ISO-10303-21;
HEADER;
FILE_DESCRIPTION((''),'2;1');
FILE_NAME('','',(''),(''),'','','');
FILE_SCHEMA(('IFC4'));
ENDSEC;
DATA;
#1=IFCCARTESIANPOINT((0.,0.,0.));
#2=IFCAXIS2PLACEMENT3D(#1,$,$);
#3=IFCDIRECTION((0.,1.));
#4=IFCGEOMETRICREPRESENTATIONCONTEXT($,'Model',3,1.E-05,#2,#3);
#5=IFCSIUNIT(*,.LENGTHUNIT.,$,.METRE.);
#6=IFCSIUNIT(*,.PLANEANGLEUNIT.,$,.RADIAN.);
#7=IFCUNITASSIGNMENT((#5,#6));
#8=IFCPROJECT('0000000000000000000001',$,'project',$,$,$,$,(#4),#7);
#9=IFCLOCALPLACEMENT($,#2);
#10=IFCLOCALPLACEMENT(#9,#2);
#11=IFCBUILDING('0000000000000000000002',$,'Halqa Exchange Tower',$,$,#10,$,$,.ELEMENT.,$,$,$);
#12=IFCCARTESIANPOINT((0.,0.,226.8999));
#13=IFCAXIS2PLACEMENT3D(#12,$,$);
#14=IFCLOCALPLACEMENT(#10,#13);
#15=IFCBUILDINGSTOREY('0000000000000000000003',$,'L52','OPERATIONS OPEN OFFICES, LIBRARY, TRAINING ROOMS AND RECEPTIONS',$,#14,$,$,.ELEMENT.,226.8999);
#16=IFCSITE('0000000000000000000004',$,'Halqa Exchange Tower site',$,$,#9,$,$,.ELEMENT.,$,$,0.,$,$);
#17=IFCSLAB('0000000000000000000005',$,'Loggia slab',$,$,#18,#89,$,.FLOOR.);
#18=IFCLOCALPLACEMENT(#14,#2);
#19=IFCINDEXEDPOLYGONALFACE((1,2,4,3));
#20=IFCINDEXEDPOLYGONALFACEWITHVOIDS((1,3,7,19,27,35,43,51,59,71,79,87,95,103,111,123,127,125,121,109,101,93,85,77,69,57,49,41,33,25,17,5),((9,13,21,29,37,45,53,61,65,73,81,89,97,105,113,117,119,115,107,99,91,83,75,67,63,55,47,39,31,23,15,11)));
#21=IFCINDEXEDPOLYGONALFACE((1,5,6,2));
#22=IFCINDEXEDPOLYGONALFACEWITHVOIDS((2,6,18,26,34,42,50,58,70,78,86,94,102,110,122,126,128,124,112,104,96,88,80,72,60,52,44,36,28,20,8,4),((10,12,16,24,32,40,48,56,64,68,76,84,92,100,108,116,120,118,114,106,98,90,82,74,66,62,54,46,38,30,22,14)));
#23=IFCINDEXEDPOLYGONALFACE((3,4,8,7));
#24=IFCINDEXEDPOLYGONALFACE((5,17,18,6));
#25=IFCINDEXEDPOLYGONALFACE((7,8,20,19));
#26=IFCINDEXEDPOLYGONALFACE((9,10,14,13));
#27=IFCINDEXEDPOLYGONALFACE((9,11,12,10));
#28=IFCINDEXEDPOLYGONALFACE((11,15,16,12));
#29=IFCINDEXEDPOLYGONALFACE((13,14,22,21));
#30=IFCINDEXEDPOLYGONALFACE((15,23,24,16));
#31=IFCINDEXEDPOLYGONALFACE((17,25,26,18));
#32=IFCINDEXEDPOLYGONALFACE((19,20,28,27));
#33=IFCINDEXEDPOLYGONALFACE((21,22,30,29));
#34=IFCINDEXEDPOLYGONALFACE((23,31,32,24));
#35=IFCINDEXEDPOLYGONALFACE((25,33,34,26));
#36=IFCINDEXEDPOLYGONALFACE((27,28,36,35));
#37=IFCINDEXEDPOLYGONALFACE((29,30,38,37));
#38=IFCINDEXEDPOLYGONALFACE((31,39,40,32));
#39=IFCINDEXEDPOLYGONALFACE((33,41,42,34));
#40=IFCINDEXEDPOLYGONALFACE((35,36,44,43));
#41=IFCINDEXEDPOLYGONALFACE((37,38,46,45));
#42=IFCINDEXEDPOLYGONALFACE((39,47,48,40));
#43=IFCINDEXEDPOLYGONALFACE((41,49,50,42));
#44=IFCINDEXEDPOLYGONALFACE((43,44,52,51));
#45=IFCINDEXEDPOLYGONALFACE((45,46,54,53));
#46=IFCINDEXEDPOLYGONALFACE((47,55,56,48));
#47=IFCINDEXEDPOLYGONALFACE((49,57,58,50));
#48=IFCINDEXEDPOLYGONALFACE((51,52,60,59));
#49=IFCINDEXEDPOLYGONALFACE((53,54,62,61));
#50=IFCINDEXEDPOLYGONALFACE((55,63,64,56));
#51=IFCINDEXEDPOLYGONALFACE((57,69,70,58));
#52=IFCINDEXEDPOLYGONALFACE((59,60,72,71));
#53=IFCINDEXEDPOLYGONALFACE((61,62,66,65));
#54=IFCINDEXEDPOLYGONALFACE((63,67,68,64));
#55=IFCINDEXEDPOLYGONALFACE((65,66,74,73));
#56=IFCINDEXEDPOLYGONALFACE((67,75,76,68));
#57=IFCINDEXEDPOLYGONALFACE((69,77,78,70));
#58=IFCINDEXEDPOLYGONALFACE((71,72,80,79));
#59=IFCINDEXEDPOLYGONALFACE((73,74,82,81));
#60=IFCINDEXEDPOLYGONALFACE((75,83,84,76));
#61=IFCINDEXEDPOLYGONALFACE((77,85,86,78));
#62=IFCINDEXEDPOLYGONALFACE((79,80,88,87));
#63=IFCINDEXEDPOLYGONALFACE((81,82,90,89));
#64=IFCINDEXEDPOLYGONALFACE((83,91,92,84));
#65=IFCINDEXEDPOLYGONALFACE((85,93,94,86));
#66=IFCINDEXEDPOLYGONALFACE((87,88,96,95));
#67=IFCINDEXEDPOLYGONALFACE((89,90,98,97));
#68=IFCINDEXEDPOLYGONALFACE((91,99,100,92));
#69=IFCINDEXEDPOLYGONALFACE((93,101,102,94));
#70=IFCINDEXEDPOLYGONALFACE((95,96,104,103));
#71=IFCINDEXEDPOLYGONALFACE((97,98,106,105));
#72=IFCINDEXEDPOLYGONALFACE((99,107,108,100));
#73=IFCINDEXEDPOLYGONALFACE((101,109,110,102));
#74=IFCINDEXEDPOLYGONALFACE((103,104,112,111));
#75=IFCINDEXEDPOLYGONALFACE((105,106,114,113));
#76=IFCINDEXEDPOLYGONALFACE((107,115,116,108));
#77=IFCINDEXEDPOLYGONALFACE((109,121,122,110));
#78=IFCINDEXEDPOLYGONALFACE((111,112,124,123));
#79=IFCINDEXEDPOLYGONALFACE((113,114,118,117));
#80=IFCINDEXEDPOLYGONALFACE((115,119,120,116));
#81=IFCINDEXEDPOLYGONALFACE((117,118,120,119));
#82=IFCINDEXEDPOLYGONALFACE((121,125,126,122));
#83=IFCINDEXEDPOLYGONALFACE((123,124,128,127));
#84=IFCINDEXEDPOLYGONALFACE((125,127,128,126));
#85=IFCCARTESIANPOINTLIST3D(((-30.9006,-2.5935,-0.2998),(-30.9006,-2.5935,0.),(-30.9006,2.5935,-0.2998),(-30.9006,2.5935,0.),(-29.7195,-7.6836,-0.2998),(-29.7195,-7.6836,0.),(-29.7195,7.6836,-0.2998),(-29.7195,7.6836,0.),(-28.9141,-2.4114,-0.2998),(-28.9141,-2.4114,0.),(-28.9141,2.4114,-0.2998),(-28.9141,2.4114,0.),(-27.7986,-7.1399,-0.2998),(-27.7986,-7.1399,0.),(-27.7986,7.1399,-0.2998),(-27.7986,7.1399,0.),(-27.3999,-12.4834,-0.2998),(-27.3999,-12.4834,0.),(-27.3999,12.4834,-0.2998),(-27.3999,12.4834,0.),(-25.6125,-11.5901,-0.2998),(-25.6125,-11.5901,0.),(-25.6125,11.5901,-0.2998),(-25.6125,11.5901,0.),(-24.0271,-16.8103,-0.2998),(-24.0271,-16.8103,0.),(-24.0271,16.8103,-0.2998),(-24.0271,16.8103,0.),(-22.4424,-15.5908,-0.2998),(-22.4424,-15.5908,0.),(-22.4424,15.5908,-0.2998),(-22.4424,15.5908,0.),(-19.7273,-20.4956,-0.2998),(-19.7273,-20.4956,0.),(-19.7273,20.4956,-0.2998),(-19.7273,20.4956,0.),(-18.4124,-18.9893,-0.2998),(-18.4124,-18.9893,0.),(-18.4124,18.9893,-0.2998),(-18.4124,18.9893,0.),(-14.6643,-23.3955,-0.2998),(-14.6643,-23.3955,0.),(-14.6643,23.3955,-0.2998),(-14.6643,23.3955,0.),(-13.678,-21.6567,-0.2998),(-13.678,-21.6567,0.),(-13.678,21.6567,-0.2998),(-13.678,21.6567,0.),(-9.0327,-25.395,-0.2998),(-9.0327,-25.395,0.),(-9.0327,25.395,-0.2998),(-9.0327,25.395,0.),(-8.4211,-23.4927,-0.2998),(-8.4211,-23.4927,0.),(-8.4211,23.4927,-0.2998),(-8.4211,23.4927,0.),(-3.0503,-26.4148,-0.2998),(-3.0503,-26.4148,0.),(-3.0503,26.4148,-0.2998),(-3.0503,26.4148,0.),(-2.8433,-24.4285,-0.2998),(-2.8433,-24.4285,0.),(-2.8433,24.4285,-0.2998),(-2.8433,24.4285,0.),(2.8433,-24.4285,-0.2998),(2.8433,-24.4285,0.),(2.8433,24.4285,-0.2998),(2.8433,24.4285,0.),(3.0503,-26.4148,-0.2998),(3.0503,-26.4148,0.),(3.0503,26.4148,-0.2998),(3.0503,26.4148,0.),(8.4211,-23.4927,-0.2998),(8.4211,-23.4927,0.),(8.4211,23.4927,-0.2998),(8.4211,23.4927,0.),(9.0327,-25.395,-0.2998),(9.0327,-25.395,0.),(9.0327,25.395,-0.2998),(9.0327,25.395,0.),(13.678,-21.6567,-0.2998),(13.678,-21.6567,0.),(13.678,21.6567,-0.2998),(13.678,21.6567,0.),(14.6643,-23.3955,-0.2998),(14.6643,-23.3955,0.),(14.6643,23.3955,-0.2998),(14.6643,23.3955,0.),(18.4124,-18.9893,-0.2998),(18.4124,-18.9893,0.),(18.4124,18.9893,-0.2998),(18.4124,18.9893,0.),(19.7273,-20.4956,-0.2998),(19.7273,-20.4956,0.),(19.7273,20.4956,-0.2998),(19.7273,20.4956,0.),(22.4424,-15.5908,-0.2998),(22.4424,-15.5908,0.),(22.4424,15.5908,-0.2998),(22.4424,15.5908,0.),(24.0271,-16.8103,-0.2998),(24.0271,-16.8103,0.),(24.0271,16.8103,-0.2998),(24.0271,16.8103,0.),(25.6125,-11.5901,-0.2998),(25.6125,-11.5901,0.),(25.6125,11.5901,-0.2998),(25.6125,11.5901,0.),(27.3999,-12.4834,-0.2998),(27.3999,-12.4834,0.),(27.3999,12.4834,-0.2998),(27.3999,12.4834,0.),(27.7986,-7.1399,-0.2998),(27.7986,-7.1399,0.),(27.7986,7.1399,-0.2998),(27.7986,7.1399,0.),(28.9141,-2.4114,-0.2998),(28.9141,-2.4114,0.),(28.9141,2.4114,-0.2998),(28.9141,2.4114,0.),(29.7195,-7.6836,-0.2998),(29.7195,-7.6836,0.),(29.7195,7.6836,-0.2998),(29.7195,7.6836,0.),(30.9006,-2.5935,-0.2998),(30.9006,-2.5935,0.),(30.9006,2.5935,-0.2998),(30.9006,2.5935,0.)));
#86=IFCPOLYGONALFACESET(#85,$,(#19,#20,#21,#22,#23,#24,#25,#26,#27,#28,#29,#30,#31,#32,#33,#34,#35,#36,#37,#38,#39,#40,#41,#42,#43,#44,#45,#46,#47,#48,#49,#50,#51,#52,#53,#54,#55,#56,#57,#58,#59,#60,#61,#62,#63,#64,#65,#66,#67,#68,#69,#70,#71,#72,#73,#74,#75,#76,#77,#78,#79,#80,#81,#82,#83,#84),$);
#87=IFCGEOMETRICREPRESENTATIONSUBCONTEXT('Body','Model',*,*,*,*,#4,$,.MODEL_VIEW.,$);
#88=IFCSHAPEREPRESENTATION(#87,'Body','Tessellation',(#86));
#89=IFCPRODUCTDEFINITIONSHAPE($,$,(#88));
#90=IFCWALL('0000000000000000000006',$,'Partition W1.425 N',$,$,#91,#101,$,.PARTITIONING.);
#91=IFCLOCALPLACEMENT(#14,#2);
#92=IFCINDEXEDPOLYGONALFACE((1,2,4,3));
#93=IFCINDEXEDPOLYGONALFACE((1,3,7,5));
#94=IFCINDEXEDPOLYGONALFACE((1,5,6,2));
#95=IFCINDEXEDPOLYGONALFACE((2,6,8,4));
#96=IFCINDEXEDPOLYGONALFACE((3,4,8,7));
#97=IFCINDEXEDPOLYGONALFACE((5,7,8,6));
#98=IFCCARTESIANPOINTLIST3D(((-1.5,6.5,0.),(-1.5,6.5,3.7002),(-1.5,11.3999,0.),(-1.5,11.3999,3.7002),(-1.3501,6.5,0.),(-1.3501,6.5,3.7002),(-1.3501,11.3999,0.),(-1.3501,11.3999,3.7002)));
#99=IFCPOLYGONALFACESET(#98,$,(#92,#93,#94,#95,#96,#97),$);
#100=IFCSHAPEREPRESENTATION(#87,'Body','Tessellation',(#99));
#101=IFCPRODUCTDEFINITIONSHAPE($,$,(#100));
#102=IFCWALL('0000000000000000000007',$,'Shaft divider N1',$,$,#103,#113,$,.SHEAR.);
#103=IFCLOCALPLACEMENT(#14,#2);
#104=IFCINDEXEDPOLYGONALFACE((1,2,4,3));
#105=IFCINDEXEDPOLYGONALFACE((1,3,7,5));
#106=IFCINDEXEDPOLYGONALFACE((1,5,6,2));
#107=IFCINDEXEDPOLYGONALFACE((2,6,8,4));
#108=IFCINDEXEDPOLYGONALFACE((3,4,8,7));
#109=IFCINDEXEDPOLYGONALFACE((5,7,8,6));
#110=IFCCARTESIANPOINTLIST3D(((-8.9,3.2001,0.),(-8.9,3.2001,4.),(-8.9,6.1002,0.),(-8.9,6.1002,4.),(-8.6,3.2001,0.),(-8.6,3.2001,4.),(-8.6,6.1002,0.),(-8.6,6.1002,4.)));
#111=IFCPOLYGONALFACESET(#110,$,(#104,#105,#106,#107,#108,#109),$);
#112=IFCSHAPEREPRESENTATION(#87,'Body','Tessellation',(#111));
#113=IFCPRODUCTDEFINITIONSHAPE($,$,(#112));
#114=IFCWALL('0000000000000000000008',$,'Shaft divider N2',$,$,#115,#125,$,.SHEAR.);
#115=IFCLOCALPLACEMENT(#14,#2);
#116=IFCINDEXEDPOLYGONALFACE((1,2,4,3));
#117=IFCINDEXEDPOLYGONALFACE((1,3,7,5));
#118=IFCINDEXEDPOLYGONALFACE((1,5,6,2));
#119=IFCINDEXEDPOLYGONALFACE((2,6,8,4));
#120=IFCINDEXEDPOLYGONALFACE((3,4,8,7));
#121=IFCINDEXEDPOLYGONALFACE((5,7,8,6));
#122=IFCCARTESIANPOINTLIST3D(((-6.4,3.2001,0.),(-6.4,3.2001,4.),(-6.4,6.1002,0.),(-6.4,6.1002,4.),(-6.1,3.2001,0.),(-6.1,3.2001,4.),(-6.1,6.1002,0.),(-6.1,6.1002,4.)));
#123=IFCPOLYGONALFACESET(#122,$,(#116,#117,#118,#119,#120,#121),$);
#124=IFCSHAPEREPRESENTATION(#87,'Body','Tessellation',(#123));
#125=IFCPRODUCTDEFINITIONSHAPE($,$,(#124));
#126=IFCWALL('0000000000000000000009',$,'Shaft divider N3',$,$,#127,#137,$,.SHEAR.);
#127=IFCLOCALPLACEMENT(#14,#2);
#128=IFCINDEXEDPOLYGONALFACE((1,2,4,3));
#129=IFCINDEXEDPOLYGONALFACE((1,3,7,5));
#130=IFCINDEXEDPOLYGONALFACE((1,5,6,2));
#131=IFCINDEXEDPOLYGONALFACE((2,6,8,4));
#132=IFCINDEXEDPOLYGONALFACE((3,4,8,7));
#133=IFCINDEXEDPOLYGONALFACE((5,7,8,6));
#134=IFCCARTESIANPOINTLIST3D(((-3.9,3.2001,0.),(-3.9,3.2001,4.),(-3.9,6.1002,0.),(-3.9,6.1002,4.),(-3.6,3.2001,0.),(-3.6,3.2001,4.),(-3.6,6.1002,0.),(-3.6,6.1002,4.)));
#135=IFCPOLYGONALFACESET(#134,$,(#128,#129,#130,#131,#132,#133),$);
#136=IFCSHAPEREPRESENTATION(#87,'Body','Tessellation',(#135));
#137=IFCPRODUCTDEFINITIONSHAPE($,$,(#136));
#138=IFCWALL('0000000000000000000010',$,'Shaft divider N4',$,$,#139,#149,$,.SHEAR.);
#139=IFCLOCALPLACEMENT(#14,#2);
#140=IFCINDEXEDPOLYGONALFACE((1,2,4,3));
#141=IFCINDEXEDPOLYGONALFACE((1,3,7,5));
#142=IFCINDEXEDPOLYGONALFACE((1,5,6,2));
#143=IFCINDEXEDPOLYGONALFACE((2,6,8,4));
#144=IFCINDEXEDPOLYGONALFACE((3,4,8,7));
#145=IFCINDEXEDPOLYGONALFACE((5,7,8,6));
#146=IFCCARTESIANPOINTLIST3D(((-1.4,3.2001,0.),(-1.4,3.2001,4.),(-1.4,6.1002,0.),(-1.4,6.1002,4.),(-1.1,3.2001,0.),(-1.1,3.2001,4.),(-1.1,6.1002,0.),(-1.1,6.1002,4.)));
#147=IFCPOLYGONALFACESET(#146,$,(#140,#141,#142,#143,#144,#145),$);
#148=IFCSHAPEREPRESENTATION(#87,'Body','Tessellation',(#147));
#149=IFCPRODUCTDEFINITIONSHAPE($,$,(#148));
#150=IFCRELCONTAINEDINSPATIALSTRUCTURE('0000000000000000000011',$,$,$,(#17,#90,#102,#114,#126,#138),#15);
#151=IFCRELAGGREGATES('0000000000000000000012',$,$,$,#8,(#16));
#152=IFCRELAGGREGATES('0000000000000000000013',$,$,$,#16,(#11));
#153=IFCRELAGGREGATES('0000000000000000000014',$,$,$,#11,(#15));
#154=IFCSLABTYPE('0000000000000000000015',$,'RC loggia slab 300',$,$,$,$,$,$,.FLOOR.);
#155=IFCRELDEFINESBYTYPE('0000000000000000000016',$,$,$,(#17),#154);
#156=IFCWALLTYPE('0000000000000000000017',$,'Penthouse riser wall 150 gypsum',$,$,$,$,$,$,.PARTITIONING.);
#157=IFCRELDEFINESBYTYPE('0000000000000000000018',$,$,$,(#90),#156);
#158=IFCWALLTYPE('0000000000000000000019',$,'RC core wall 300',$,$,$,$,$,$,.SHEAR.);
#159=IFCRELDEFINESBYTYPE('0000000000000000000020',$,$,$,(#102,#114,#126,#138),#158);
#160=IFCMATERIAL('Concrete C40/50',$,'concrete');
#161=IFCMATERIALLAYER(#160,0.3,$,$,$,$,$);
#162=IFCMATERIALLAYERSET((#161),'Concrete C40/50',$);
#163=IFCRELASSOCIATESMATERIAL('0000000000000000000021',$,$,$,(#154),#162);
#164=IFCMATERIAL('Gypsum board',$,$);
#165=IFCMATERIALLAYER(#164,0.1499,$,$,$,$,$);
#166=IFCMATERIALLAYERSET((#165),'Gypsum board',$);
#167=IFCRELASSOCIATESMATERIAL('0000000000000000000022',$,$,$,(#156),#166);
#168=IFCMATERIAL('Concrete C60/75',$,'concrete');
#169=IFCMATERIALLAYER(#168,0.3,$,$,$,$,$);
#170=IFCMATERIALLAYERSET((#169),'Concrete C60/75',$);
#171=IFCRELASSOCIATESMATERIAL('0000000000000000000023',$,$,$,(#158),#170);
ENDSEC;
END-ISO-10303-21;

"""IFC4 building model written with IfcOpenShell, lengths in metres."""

from ifc_helpers import new_model, si_unit, direction, frame, frame_2d, origin, place, context, subcontext, project, spatial, polyline, rectangle, outline, extrude, material, layer, layer_set, type_object, element, save


model = new_model("IFC4")

# Units and contexts
model_context = context("Model", 3, precision=1e-05, world=origin(), true_north=direction((0.0, 1.0)))
body_context = subcontext(model_context, "Body", "Model", "MODEL_VIEW")
ifc_project = project(units=[si_unit("LENGTHUNIT", "METRE"), si_unit("PLANEANGLEUNIT", "RADIAN")], contexts=[model_context])

# Site, building, storey
site_placement = place(None, origin())
site = spatial("IfcSite", under=ifc_project, at=site_placement, Name="Halqa Exchange Tower site", CompositionType="ELEMENT", RefElevation=0.0)
building_placement = place(site_placement, origin())
building = spatial("IfcBuilding", under=site, at=building_placement, Name="Halqa Exchange Tower", CompositionType="ELEMENT")
storey_placement = place(building_placement, frame((0.0, 0.0, 226.8999)))
storey = spatial("IfcBuildingStorey", under=building, at=storey_placement, Name="L52", Description="OPERATIONS OPEN OFFICES, LIBRARY, TRAINING ROOMS AND RECEPTIONS", CompositionType="ELEMENT", Elevation=226.8999)

# Slab
ifc_material_1 = material(Name="Concrete C60/75", Category="concrete")
ifc_material_2 = material(Name="Concrete C40/50", Category="concrete")
ifc_layer_1 = layer(ifc_material_2, 0.3)
ifc_layer_set_1 = layer_set([ifc_layer_1], Name="Concrete C40/50")
slab_type_1 = type_object("IfcSlabType", Name="RC loggia slab 300", PredefinedType="FLOOR", material=ifc_layer_set_1)
slab_1_placement = place(storey_placement, frame((0.0, 0.0, -0.2998)))
element("IfcSlab", 1, at=slab_1_placement, inside=storey, type_object=slab_type_1, Name="Loggia slab", PredefinedType="FLOOR", context=body_context, shape_type="SweptSolid", body=[
    extrude(outline(polyline([(30.9006, 2.5935), (30.9006, -2.5935), (29.7195, -7.6836), (27.3999, -12.4834), (24.0271, -16.8103), (19.7273, -20.4956), (14.6643, -23.3955), (9.0327, -25.395), (3.0503, -26.4148), (-3.0503, -26.4148), (-9.0327, -25.395), (-14.6643, -23.3955), (-19.7273, -20.4956), (-24.0271, -16.8103), (-27.3999, -12.4834), (-29.7195, -7.6836), (-30.9006, -2.5935), (-30.9006, 2.5935), (-29.7195, 7.6836), (-27.3999, 12.4834), (-24.0271, 16.8103), (-19.7273, 20.4956), (-14.6643, 23.3955), (-9.0327, 25.395), (-3.0503, 26.4148), (3.0503, 26.4148), (9.0327, 25.395), (14.6643, 23.3955), (19.7273, 20.4956), (24.0271, 16.8103), (27.3999, 12.4834), (29.7195, 7.6836), (30.9006, 2.5935)]), holes=[polyline([(28.9141, 2.4114), (27.7986, 7.1399), (25.6125, 11.5901), (22.4424, 15.5908), (18.4124, 18.9893), (13.678, 21.6567), (8.4211, 23.4927), (2.8433, 24.4285), (-2.8433, 24.4285), (-8.4211, 23.4927), (-13.678, 21.6567), (-18.4124, 18.9893), (-22.4424, 15.5908), (-25.6125, 11.5901), (-27.7986, 7.1399), (-28.9141, 2.4114), (-28.9141, -2.4114), (-27.7986, -7.1399), (-25.6125, -11.5901), (-22.4424, -15.5908), (-18.4124, -18.9893), (-13.678, -21.6567), (-8.4211, -23.4927), (-2.8433, -24.4285), (2.8433, -24.4285), (8.4211, -23.4927), (13.678, -21.6567), (18.4124, -18.9893), (22.4424, -15.5908), (25.6125, -11.5901), (27.7986, -7.1399), (28.9141, -2.4114), (28.9141, 2.4114)])]), origin(), (0.0, 0.0, 1.0), 0.2998),
])

# Walls
ifc_material_3 = material(Name="Gypsum board")
ifc_layer_2 = layer(ifc_material_3, 0.1499)
ifc_layer_set_2 = layer_set([ifc_layer_2], Name="Gypsum board")
wall_type_1 = type_object("IfcWallType", Name="Penthouse riser wall 150 gypsum", PredefinedType="PARTITIONING", material=ifc_layer_set_2)
wall_1_placement = place(storey_placement, frame((-1.425, 6.5, 0.0), z_axis=(0.0, 0.0, 1.0), x_axis=(0.0, 1.0, 0.0)))
element("IfcWall", 2, at=wall_1_placement, inside=storey, type_object=wall_type_1, Name="Partition W1.425 N", PredefinedType="PARTITIONING", context=body_context, shape_type="SweptSolid", body=[
    extrude(rectangle(XDim=4.8999, YDim=0.1499, at=frame_2d((2.45, 0.0))), origin(), (0.0, 0.0, 1.0), 3.7002),
])
ifc_layer_3 = layer(ifc_material_1, 0.3)
ifc_layer_set_3 = layer_set([ifc_layer_3], Name="Concrete C60/75")
wall_type_2 = type_object("IfcWallType", Name="RC core wall 300", PredefinedType="SHEAR", material=ifc_layer_set_3)
for number, where, z_axis, x_axis, name in (
    (3, (-8.75, 3.2, 0.0), (0.0, 0.0, 1.0), (0.0, 1.0, 0.0), "Shaft divider N1"),
    (4, (-6.25, 3.2, 0.0), (0.0, 0.0, 1.0), (0.0, 1.0, 0.0), "Shaft divider N2"),
    (5, (-3.75, 3.2, 0.0), (0.0, 0.0, 1.0), (0.0, 1.0, 0.0), "Shaft divider N3"),
    (6, (-1.25, 3.2, 0.0), (0.0, 0.0, 1.0), (0.0, 1.0, 0.0), "Shaft divider N4"),
):
    element("IfcWall", number, at=place(storey_placement, frame(where, z_axis=z_axis, x_axis=x_axis)), inside=storey, type_object=wall_type_2, Name=name, PredefinedType="SHEAR", context=body_context, shape_type="SweptSolid", body=[
        extrude(rectangle(XDim=2.9001, YDim=0.3, at=frame_2d((1.4502, 0.0))), origin(), (0.0, 0.0, 1.0), 4.0),
    ])

save(model, "model.ifc")
